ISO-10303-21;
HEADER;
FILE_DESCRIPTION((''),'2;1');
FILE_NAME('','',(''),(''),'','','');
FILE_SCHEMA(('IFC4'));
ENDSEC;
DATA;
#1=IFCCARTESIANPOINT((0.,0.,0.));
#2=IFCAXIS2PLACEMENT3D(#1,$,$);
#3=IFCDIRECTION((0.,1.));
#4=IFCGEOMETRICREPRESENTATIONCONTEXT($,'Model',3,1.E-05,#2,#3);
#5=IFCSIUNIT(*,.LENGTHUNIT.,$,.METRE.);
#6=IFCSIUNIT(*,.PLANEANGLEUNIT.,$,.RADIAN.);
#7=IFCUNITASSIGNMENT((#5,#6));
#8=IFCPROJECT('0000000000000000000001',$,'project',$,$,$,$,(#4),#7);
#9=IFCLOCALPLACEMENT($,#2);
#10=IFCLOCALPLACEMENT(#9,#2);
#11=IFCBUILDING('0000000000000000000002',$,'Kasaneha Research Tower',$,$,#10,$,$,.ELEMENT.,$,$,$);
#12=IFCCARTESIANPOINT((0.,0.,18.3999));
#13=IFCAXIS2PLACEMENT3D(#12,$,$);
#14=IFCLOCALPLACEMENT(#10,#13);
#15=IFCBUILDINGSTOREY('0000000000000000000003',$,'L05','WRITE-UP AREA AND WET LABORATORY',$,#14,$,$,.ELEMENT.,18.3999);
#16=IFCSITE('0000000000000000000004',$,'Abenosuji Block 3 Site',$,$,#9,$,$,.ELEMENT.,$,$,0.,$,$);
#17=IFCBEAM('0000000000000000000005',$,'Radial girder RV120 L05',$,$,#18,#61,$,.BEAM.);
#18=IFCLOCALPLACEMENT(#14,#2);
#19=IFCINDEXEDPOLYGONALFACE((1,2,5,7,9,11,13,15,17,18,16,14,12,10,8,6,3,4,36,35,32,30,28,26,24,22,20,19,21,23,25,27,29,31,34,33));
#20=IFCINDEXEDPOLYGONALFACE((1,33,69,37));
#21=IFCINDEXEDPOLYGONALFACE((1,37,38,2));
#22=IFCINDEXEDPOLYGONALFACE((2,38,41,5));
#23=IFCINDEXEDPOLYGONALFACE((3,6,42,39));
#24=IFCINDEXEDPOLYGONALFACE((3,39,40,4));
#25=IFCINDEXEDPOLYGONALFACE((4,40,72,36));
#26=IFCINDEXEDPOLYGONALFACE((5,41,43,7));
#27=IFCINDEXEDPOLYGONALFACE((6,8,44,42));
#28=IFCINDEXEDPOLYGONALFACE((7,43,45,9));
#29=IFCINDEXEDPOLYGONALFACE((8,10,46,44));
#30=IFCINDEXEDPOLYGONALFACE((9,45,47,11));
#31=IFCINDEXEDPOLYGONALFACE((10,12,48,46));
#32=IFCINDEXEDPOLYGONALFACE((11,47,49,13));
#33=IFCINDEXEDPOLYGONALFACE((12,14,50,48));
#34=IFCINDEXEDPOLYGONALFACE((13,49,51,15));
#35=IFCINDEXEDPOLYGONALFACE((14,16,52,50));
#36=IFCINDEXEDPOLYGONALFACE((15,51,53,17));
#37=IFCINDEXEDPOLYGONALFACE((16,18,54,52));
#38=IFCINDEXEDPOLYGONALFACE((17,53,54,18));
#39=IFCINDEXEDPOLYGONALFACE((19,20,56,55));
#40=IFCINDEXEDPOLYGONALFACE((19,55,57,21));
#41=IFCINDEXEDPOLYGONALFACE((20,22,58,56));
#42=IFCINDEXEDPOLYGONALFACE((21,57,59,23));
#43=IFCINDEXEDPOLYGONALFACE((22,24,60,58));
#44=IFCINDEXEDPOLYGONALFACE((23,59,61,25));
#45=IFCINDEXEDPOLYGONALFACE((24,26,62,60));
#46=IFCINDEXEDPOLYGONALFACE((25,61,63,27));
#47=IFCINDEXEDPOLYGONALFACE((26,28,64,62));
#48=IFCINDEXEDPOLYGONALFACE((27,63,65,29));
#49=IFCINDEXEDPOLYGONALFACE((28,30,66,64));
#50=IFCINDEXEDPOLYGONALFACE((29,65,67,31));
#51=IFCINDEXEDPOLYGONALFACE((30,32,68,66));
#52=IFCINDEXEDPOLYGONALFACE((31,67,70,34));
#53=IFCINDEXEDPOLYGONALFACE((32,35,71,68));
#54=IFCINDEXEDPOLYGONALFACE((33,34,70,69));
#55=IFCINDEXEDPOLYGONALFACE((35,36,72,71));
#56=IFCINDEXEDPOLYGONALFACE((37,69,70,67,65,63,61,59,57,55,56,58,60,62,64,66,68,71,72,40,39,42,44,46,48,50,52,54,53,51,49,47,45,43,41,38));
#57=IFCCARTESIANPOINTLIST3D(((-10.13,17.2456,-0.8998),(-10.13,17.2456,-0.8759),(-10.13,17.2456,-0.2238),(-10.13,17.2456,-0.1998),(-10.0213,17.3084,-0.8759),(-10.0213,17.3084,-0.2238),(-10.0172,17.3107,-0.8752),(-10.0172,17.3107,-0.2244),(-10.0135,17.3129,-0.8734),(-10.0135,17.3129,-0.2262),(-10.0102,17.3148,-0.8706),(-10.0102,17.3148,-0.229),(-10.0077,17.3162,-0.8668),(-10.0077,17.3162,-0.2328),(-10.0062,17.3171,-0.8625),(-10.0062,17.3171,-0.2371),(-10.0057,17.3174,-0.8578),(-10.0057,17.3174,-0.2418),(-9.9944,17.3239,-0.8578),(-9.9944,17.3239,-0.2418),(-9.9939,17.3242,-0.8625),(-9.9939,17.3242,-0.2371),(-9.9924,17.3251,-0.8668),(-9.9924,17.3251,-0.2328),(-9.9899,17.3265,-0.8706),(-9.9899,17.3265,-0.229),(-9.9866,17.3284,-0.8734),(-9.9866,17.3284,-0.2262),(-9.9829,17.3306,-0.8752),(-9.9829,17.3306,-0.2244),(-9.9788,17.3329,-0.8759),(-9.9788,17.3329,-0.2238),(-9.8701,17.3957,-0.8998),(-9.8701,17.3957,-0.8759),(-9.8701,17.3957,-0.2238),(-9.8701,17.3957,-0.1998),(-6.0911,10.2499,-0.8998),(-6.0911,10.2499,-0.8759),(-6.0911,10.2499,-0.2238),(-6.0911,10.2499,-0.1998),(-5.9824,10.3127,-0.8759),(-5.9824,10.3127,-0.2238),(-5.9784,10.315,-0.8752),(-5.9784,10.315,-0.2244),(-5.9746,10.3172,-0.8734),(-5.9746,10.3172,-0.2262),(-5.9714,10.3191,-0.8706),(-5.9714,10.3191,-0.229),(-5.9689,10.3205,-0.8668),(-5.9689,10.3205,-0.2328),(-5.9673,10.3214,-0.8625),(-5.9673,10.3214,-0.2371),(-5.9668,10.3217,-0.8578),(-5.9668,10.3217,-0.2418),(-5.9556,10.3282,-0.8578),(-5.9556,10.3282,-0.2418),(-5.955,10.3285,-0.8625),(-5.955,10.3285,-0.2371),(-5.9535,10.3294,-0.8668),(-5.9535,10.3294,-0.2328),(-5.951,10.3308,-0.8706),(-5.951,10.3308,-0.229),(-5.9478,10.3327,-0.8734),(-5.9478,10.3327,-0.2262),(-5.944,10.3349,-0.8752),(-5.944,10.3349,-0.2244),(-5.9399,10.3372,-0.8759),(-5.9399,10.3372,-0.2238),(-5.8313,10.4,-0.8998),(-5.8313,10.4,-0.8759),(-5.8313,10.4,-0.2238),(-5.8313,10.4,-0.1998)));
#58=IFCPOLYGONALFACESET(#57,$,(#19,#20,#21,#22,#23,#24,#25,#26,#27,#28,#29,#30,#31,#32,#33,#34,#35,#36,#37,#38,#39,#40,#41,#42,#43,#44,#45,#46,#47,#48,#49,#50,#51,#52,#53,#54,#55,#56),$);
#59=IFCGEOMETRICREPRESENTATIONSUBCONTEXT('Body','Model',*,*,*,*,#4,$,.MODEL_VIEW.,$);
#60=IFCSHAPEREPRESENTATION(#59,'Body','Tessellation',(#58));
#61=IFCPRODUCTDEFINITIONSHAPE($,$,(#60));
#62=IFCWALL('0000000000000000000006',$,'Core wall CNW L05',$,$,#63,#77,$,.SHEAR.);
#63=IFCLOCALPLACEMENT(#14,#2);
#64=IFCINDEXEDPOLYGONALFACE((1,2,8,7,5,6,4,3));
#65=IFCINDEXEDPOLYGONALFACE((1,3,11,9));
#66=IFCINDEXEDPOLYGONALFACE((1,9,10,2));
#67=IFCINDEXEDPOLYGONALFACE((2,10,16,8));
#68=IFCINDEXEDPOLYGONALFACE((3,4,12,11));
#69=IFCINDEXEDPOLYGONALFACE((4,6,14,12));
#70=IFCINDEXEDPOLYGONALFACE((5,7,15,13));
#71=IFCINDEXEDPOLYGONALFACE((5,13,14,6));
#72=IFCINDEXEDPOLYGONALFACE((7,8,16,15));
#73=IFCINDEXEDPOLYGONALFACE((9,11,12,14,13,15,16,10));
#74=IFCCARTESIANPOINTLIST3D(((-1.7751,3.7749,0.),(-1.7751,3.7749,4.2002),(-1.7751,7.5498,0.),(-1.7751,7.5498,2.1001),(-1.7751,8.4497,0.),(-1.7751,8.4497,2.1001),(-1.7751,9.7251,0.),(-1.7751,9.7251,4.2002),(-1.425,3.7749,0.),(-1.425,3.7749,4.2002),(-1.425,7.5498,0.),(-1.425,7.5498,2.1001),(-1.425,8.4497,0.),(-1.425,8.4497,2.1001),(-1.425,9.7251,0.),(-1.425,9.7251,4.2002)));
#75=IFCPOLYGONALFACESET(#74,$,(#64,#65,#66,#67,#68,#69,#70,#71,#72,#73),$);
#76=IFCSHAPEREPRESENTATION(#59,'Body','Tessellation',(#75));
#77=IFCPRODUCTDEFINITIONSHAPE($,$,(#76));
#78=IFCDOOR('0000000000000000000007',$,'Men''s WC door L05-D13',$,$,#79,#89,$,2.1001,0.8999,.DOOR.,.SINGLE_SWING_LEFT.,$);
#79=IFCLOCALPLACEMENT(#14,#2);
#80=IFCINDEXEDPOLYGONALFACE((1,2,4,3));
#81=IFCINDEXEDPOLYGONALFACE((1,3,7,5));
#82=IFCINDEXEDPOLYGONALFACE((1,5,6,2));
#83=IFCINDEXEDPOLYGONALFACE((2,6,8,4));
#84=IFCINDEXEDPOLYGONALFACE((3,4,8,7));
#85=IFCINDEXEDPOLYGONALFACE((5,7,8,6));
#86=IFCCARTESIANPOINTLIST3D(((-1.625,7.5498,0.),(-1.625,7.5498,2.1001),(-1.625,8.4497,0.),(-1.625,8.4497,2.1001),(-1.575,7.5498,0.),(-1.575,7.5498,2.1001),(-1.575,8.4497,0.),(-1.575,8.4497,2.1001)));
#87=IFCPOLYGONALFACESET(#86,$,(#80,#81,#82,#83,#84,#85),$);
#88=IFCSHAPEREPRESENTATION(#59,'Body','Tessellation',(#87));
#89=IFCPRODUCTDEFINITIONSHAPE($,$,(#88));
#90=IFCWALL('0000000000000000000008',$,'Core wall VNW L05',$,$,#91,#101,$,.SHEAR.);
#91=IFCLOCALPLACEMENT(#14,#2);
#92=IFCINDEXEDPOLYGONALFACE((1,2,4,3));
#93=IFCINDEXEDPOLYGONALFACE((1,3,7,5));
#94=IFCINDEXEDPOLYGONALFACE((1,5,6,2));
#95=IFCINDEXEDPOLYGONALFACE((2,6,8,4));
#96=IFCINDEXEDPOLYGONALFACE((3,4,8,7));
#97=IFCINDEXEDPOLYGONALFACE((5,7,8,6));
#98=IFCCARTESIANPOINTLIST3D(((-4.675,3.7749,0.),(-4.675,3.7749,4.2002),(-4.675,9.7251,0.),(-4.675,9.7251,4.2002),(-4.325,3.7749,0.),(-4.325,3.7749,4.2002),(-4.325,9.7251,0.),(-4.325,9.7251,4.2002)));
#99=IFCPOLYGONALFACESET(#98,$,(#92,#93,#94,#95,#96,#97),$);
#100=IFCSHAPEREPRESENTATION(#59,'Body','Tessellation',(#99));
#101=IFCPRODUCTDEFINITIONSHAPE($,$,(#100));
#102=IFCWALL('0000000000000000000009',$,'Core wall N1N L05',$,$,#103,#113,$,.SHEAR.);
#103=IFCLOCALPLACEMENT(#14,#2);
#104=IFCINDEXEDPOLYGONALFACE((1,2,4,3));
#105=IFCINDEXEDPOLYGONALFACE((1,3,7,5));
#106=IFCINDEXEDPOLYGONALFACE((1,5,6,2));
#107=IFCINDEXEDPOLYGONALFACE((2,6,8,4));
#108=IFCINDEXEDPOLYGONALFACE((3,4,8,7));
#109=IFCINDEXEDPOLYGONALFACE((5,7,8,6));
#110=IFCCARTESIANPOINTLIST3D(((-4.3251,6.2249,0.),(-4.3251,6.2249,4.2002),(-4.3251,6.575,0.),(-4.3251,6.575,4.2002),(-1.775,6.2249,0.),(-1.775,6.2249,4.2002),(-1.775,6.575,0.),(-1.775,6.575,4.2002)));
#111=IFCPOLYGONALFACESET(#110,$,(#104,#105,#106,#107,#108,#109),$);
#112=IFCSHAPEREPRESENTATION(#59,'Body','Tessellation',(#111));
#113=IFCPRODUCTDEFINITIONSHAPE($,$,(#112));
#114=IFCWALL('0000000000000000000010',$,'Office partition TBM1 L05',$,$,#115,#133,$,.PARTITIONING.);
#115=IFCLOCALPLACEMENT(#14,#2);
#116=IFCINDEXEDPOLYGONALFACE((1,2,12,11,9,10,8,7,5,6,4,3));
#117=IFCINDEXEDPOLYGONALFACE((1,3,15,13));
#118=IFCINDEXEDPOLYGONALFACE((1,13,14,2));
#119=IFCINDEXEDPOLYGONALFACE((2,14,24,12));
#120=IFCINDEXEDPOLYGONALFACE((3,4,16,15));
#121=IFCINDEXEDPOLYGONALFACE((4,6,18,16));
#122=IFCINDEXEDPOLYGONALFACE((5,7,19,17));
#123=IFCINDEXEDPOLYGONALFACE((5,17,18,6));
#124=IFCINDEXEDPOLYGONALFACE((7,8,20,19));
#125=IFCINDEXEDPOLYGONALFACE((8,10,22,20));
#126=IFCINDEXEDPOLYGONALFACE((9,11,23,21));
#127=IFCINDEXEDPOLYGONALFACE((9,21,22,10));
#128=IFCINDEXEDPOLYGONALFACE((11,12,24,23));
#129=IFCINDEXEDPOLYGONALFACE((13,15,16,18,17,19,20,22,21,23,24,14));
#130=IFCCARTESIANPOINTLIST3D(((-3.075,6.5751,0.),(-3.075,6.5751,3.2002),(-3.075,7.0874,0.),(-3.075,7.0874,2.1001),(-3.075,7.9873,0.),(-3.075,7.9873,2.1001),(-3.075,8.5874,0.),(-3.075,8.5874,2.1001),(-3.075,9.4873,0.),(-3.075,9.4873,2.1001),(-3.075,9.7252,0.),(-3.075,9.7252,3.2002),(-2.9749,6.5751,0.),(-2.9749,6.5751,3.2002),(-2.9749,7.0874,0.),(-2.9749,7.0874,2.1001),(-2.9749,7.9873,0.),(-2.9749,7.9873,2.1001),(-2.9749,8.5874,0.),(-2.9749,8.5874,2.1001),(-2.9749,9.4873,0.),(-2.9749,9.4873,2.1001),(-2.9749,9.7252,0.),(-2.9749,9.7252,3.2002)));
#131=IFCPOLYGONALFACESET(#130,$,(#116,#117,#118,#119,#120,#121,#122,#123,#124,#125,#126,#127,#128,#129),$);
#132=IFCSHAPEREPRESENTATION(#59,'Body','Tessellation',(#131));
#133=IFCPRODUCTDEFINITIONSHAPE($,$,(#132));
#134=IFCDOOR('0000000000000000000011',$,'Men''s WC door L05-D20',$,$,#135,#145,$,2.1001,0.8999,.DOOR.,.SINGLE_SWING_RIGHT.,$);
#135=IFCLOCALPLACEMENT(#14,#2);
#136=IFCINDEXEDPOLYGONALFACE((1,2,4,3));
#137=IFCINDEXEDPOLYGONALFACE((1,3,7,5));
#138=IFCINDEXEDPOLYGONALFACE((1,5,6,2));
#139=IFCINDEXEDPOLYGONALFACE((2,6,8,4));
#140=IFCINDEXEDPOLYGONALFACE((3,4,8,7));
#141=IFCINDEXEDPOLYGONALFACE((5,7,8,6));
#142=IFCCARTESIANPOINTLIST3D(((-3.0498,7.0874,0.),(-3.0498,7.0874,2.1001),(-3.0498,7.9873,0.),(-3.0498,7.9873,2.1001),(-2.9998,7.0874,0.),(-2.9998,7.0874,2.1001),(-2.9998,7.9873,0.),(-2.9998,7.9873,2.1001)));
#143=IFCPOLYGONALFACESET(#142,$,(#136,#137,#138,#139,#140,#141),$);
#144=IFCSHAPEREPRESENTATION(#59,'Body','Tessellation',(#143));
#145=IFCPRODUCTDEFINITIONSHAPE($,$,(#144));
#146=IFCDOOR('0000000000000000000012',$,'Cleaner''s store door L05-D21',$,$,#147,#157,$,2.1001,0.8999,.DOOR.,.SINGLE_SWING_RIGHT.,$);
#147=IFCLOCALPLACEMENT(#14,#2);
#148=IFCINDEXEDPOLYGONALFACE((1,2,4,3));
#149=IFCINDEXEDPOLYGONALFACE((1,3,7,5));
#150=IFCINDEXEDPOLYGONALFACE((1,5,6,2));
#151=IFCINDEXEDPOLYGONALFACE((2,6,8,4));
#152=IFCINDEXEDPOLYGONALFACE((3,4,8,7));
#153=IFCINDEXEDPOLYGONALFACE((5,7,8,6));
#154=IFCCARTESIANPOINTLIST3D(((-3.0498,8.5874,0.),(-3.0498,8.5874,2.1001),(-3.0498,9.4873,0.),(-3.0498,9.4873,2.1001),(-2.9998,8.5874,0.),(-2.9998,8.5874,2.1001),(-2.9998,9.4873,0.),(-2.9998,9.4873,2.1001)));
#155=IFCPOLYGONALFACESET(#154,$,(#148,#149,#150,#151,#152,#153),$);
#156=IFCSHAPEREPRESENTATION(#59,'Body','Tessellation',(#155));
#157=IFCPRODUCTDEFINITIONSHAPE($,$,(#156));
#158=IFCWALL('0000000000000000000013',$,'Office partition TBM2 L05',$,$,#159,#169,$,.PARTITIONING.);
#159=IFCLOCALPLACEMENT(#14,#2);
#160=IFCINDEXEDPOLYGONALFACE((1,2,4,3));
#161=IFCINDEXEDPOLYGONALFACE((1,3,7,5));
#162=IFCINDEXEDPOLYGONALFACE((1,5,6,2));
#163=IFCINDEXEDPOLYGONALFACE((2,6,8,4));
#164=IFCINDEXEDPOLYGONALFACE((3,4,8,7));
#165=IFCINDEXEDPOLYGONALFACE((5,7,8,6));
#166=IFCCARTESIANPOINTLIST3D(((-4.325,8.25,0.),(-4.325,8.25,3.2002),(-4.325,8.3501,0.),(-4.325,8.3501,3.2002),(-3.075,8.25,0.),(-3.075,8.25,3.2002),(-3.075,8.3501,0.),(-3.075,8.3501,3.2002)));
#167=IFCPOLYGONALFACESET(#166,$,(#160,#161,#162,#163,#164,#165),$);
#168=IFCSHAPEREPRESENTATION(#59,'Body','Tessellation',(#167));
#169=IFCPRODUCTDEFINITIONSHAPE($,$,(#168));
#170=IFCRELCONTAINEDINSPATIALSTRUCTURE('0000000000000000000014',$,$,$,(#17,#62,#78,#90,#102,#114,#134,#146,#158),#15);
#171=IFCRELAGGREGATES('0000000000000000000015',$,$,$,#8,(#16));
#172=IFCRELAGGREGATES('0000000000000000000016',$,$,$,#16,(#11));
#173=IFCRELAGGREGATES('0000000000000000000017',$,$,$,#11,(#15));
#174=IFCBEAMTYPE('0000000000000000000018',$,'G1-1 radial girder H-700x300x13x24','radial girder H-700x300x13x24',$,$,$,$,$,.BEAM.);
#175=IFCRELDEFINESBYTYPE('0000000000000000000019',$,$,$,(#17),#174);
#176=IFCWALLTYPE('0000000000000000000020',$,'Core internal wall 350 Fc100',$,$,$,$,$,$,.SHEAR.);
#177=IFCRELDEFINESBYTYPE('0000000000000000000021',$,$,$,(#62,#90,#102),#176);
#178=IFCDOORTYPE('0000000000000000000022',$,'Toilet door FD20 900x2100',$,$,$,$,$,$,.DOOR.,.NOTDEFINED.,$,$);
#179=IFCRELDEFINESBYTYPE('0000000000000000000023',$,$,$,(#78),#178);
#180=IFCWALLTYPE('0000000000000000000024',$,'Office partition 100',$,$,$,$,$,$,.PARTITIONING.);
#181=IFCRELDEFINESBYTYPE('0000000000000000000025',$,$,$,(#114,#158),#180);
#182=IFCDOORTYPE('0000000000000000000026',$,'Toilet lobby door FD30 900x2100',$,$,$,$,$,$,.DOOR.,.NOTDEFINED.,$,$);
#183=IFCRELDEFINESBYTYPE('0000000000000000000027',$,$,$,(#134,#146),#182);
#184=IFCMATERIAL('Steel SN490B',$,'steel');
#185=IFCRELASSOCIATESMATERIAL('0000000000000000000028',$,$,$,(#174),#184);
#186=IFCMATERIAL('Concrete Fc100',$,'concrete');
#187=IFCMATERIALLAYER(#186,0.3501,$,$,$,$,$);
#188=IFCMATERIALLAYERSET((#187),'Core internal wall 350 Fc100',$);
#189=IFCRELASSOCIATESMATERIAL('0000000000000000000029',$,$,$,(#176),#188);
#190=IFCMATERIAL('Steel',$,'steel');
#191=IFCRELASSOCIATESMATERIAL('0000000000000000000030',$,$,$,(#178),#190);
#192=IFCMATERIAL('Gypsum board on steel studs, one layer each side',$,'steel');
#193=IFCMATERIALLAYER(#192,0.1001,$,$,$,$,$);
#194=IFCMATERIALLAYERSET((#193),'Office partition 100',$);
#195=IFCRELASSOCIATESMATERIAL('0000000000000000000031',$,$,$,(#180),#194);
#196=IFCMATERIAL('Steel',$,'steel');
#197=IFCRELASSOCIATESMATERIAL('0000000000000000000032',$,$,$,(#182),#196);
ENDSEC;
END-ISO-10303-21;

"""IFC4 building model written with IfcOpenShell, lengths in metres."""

from ifc_helpers import new_model, si_unit, direction, frame, frame_2d, origin, origin_2d, place, context, subcontext, project, spatial, rectangle, i_section, extrude, material, layer, layer_set, material_profile, profile_set, type_object, element, fill, save


model = new_model("IFC4")

# Units and contexts
model_context = context("Model", 3, precision=1e-05, world=origin(), true_north=direction((0.0, 1.0)))
body_context = subcontext(model_context, "Body", "Model", "MODEL_VIEW")
ifc_project = project(units=[si_unit("LENGTHUNIT", "METRE"), si_unit("PLANEANGLEUNIT", "RADIAN")], contexts=[model_context])

# Site, building, storey
site_placement = place(None, origin())
site = spatial("IfcSite", under=ifc_project, at=site_placement, Name="Abenosuji Block 3 Site", CompositionType="ELEMENT", RefElevation=0.0)
building_placement = place(site_placement, origin())
building = spatial("IfcBuilding", under=site, at=building_placement, Name="Kasaneha Research Tower", CompositionType="ELEMENT")
storey_placement = place(building_placement, frame((0.0, 0.0, 18.3999)))
storey = spatial("IfcBuildingStorey", under=building, at=storey_placement, Name="L05", Description="WRITE-UP AREA AND WET LABORATORY", CompositionType="ELEMENT", Elevation=18.3999)

# Beam
ifc_material_1 = material(Name="Steel SN490B", Category="steel")
ifc_material_profile = material_profile(ifc_material_1, i_section(OverallWidth=0.3, OverallDepth=0.7, WebThickness=0.0129, FlangeThickness=0.0239, FilletRadius=0.0181, at=origin_2d()), Name="H-700x300x13x24")
ifc_profile_set = profile_set([ifc_material_profile], Name="Steel SN490B")
beam_type = type_object("IfcBeamType", Name="G1-1 radial girder H-700x300x13x24", Description="radial girder H-700x300x13x24", PredefinedType="BEAM", material=ifc_profile_set)
beam_placement = place(storey_placement, frame((-5.9612, 10.325, -0.5498), z_axis=(-0.499991, 0.866031, 0.0), x_axis=(-0.866031, -0.499991, 0.0)))
element("IfcBeam", 1, at=beam_placement, inside=storey, type_object=beam_type, Name="Radial girder RV120 L05", PredefinedType="BEAM", context=body_context, shape_type="SweptSolid", body=[
    extrude(i_section(OverallWidth=0.3, OverallDepth=0.7, WebThickness=0.0129, FlangeThickness=0.0239, FilletRadius=0.0181, at=origin_2d()), origin(), (0.0, 0.0, 1.0), 8.0779),
])

# Wall, opening, door
ifc_material_2 = material(Name="Concrete Fc100", Category="concrete")
ifc_layer_1 = layer(ifc_material_2, 0.3501)
ifc_layer_set_1 = layer_set([ifc_layer_1], Name="Core internal wall 350 Fc100")
wall_type_1 = type_object("IfcWallType", Name="Core internal wall 350 Fc100", PredefinedType="SHEAR", material=ifc_layer_set_1)
wall_1_placement = place(storey_placement, frame((-1.6001, 3.7749, 0.0), z_axis=(0.0, 0.0, 1.0), x_axis=(0.0, 1.0, 0.0)))
wall_1 = element("IfcWall", 2, at=wall_1_placement, inside=storey, type_object=wall_type_1, Name="Core wall CNW L05", PredefinedType="SHEAR", context=body_context, shape_type="SweptSolid", body=[
    extrude(rectangle(XDim=5.9502, YDim=0.3501, at=frame_2d((2.9751, 0.0))), origin(), (0.0, 0.0, 1.0), 4.2002),
])
opening_1_placement = place(wall_1_placement, frame((3.7749, 0.0, 0.0)))
opening_1 = element("IfcOpeningElement", 3, at=opening_1_placement, cuts=wall_1, PredefinedType="OPENING", context=body_context, shape_type="SweptSolid", body=[
    extrude(rectangle(XDim=0.8999, YDim=2.1001, at=frame_2d((0.45, 1.05))), frame((0.0, 0.1851, 0.0), z_axis=(0.0, -1.0, 0.0), x_axis=(1.0, 0.0, 0.0)), (0.0, 0.0, 1.0), 0.3701),
])
ifc_material_3 = material(Name="Steel", Category="steel")
door_type_1 = type_object("IfcDoorType", Name="Toilet door FD20 900x2100", OperationType="NOTDEFINED", PredefinedType="DOOR", material=ifc_material_3)
door_1_placement = place(opening_1_placement, origin())
door_1 = element("IfcDoor", 4, at=door_1_placement, inside=storey, type_object=door_type_1, Name="Men's WC door L05-D13", OperationType="SINGLE_SWING_LEFT", OverallHeight=2.1001, OverallWidth=0.8999, PredefinedType="DOOR", context=body_context, shape_type="SweptSolid", body=[
    extrude(rectangle(XDim=0.8999, YDim=2.1001, at=frame_2d((0.45, 1.05))), frame((0.0, 0.0249, 0.0), z_axis=(0.0, -1.0, 0.0), x_axis=(1.0, 0.0, 0.0)), (0.0, 0.0, 1.0), 0.05),
])
fill(opening_1, door_1)

# Walls
wall_2_placement = place(storey_placement, frame((-4.5, 3.7749, 0.0), z_axis=(0.0, 0.0, 1.0), x_axis=(0.0, 1.0, 0.0)))
element("IfcWall", 5, at=wall_2_placement, inside=storey, type_object=wall_type_1, Name="Core wall VNW L05", PredefinedType="SHEAR", context=body_context, shape_type="SweptSolid", body=[
    extrude(rectangle(XDim=5.9502, YDim=0.3501, at=frame_2d((2.9751, 0.0))), origin(), (0.0, 0.0, 1.0), 4.2002),
])
wall_3_placement = place(storey_placement, frame((-4.325, 6.3999, 0.0), z_axis=(0.0, 0.0, 1.0), x_axis=(1.0, 0.0, 0.0)))
element("IfcWall", 6, at=wall_3_placement, inside=storey, type_object=wall_type_1, Name="Core wall N1N L05", PredefinedType="SHEAR", context=body_context, shape_type="SweptSolid", body=[
    extrude(rectangle(XDim=2.55, YDim=0.3501, at=frame_2d((1.2749, 0.0))), origin(), (0.0, 0.0, 1.0), 4.2002),
])

# Wall, openings, doors
ifc_material_4 = material(Name="Gypsum board on steel studs, one layer each side", Category="steel")
ifc_layer_2 = layer(ifc_material_4, 0.1001)
ifc_layer_set_2 = layer_set([ifc_layer_2], Name="Office partition 100")
wall_type_2 = type_object("IfcWallType", Name="Office partition 100", PredefinedType="PARTITIONING", material=ifc_layer_set_2)
wall_4_placement = place(storey_placement, frame((-3.0249, 6.575, 0.0), z_axis=(0.0, 0.0, 1.0), x_axis=(0.0, 1.0, 0.0)))
wall_4 = element("IfcWall", 7, at=wall_4_placement, inside=storey, type_object=wall_type_2, Name="Office partition TBM1 L05", PredefinedType="PARTITIONING", context=body_context, shape_type="SweptSolid", body=[
    extrude(rectangle(XDim=3.1501, YDim=0.1001, at=frame_2d((1.5752, 0.0))), origin(), (0.0, 0.0, 1.0), 3.2002),
])
opening_2_placement = place(wall_4_placement, frame((0.5125, 0.0, 0.0)))
opening_2 = element("IfcOpeningElement", 8, at=opening_2_placement, cuts=wall_4, PredefinedType="OPENING", context=body_context, shape_type="SweptSolid", body=[
    extrude(rectangle(XDim=0.8999, YDim=2.1001, at=frame_2d((0.45, 1.05))), frame((0.0, 0.0601, 0.0), z_axis=(0.0, -1.0, 0.0), x_axis=(1.0, 0.0, 0.0)), (0.0, 0.0, 1.0), 0.1201),
])
opening_3_placement = place(wall_4_placement, frame((2.0125, 0.0, 0.0)))
opening_3 = element("IfcOpeningElement", 9, at=opening_3_placement, cuts=wall_4, PredefinedType="OPENING", context=body_context, shape_type="SweptSolid", body=[
    extrude(rectangle(XDim=0.8999, YDim=2.1001, at=frame_2d((0.45, 1.05))), frame((0.0, 0.0601, 0.0), z_axis=(0.0, -1.0, 0.0), x_axis=(1.0, 0.0, 0.0)), (0.0, 0.0, 1.0), 0.1201),
])
ifc_material_5 = material(Name="Steel", Category="steel")
door_type_2 = type_object("IfcDoorType", Name="Toilet lobby door FD30 900x2100", OperationType="NOTDEFINED", PredefinedType="DOOR", material=ifc_material_5)
door_2_placement = place(opening_2_placement, origin())
door_2 = element("IfcDoor", 10, at=door_2_placement, inside=storey, type_object=door_type_2, Name="Men's WC door L05-D20", OperationType="SINGLE_SWING_RIGHT", OverallHeight=2.1001, OverallWidth=0.8999, PredefinedType="DOOR", context=body_context, shape_type="SweptSolid", body=[
    extrude(rectangle(XDim=0.8999, YDim=2.1001, at=frame_2d((0.45, 1.05))), frame((0.0, 0.0249, 0.0), z_axis=(0.0, -1.0, 0.0), x_axis=(1.0, 0.0, 0.0)), (0.0, 0.0, 1.0), 0.05),
])
fill(opening_2, door_2)
door_3_placement = place(opening_3_placement, origin())
door_3 = element("IfcDoor", 11, at=door_3_placement, inside=storey, type_object=door_type_2, Name="Cleaner's store door L05-D21", OperationType="SINGLE_SWING_RIGHT", OverallHeight=2.1001, OverallWidth=0.8999, PredefinedType="DOOR", context=body_context, shape_type="SweptSolid", body=[
    extrude(rectangle(XDim=0.8999, YDim=2.1001, at=frame_2d((0.45, 1.05))), frame((0.0, 0.0249, 0.0), z_axis=(0.0, -1.0, 0.0), x_axis=(1.0, 0.0, 0.0)), (0.0, 0.0, 1.0), 0.05),
])
fill(opening_3, door_3)

# Wall
wall_5_placement = place(storey_placement, frame((-3.075, 8.3, 0.0), z_axis=(0.0, 0.0, 1.0), x_axis=(-1.0, 0.0, 0.0)))
element("IfcWall", 12, at=wall_5_placement, inside=storey, type_object=wall_type_2, Name="Office partition TBM2 L05", PredefinedType="PARTITIONING", context=body_context, shape_type="SweptSolid", body=[
    extrude(rectangle(XDim=1.25, YDim=0.1001, at=frame_2d((0.625, 0.0))), origin(), (0.0, 0.0, 1.0), 3.2002),
])

save(model, "model.ifc")
